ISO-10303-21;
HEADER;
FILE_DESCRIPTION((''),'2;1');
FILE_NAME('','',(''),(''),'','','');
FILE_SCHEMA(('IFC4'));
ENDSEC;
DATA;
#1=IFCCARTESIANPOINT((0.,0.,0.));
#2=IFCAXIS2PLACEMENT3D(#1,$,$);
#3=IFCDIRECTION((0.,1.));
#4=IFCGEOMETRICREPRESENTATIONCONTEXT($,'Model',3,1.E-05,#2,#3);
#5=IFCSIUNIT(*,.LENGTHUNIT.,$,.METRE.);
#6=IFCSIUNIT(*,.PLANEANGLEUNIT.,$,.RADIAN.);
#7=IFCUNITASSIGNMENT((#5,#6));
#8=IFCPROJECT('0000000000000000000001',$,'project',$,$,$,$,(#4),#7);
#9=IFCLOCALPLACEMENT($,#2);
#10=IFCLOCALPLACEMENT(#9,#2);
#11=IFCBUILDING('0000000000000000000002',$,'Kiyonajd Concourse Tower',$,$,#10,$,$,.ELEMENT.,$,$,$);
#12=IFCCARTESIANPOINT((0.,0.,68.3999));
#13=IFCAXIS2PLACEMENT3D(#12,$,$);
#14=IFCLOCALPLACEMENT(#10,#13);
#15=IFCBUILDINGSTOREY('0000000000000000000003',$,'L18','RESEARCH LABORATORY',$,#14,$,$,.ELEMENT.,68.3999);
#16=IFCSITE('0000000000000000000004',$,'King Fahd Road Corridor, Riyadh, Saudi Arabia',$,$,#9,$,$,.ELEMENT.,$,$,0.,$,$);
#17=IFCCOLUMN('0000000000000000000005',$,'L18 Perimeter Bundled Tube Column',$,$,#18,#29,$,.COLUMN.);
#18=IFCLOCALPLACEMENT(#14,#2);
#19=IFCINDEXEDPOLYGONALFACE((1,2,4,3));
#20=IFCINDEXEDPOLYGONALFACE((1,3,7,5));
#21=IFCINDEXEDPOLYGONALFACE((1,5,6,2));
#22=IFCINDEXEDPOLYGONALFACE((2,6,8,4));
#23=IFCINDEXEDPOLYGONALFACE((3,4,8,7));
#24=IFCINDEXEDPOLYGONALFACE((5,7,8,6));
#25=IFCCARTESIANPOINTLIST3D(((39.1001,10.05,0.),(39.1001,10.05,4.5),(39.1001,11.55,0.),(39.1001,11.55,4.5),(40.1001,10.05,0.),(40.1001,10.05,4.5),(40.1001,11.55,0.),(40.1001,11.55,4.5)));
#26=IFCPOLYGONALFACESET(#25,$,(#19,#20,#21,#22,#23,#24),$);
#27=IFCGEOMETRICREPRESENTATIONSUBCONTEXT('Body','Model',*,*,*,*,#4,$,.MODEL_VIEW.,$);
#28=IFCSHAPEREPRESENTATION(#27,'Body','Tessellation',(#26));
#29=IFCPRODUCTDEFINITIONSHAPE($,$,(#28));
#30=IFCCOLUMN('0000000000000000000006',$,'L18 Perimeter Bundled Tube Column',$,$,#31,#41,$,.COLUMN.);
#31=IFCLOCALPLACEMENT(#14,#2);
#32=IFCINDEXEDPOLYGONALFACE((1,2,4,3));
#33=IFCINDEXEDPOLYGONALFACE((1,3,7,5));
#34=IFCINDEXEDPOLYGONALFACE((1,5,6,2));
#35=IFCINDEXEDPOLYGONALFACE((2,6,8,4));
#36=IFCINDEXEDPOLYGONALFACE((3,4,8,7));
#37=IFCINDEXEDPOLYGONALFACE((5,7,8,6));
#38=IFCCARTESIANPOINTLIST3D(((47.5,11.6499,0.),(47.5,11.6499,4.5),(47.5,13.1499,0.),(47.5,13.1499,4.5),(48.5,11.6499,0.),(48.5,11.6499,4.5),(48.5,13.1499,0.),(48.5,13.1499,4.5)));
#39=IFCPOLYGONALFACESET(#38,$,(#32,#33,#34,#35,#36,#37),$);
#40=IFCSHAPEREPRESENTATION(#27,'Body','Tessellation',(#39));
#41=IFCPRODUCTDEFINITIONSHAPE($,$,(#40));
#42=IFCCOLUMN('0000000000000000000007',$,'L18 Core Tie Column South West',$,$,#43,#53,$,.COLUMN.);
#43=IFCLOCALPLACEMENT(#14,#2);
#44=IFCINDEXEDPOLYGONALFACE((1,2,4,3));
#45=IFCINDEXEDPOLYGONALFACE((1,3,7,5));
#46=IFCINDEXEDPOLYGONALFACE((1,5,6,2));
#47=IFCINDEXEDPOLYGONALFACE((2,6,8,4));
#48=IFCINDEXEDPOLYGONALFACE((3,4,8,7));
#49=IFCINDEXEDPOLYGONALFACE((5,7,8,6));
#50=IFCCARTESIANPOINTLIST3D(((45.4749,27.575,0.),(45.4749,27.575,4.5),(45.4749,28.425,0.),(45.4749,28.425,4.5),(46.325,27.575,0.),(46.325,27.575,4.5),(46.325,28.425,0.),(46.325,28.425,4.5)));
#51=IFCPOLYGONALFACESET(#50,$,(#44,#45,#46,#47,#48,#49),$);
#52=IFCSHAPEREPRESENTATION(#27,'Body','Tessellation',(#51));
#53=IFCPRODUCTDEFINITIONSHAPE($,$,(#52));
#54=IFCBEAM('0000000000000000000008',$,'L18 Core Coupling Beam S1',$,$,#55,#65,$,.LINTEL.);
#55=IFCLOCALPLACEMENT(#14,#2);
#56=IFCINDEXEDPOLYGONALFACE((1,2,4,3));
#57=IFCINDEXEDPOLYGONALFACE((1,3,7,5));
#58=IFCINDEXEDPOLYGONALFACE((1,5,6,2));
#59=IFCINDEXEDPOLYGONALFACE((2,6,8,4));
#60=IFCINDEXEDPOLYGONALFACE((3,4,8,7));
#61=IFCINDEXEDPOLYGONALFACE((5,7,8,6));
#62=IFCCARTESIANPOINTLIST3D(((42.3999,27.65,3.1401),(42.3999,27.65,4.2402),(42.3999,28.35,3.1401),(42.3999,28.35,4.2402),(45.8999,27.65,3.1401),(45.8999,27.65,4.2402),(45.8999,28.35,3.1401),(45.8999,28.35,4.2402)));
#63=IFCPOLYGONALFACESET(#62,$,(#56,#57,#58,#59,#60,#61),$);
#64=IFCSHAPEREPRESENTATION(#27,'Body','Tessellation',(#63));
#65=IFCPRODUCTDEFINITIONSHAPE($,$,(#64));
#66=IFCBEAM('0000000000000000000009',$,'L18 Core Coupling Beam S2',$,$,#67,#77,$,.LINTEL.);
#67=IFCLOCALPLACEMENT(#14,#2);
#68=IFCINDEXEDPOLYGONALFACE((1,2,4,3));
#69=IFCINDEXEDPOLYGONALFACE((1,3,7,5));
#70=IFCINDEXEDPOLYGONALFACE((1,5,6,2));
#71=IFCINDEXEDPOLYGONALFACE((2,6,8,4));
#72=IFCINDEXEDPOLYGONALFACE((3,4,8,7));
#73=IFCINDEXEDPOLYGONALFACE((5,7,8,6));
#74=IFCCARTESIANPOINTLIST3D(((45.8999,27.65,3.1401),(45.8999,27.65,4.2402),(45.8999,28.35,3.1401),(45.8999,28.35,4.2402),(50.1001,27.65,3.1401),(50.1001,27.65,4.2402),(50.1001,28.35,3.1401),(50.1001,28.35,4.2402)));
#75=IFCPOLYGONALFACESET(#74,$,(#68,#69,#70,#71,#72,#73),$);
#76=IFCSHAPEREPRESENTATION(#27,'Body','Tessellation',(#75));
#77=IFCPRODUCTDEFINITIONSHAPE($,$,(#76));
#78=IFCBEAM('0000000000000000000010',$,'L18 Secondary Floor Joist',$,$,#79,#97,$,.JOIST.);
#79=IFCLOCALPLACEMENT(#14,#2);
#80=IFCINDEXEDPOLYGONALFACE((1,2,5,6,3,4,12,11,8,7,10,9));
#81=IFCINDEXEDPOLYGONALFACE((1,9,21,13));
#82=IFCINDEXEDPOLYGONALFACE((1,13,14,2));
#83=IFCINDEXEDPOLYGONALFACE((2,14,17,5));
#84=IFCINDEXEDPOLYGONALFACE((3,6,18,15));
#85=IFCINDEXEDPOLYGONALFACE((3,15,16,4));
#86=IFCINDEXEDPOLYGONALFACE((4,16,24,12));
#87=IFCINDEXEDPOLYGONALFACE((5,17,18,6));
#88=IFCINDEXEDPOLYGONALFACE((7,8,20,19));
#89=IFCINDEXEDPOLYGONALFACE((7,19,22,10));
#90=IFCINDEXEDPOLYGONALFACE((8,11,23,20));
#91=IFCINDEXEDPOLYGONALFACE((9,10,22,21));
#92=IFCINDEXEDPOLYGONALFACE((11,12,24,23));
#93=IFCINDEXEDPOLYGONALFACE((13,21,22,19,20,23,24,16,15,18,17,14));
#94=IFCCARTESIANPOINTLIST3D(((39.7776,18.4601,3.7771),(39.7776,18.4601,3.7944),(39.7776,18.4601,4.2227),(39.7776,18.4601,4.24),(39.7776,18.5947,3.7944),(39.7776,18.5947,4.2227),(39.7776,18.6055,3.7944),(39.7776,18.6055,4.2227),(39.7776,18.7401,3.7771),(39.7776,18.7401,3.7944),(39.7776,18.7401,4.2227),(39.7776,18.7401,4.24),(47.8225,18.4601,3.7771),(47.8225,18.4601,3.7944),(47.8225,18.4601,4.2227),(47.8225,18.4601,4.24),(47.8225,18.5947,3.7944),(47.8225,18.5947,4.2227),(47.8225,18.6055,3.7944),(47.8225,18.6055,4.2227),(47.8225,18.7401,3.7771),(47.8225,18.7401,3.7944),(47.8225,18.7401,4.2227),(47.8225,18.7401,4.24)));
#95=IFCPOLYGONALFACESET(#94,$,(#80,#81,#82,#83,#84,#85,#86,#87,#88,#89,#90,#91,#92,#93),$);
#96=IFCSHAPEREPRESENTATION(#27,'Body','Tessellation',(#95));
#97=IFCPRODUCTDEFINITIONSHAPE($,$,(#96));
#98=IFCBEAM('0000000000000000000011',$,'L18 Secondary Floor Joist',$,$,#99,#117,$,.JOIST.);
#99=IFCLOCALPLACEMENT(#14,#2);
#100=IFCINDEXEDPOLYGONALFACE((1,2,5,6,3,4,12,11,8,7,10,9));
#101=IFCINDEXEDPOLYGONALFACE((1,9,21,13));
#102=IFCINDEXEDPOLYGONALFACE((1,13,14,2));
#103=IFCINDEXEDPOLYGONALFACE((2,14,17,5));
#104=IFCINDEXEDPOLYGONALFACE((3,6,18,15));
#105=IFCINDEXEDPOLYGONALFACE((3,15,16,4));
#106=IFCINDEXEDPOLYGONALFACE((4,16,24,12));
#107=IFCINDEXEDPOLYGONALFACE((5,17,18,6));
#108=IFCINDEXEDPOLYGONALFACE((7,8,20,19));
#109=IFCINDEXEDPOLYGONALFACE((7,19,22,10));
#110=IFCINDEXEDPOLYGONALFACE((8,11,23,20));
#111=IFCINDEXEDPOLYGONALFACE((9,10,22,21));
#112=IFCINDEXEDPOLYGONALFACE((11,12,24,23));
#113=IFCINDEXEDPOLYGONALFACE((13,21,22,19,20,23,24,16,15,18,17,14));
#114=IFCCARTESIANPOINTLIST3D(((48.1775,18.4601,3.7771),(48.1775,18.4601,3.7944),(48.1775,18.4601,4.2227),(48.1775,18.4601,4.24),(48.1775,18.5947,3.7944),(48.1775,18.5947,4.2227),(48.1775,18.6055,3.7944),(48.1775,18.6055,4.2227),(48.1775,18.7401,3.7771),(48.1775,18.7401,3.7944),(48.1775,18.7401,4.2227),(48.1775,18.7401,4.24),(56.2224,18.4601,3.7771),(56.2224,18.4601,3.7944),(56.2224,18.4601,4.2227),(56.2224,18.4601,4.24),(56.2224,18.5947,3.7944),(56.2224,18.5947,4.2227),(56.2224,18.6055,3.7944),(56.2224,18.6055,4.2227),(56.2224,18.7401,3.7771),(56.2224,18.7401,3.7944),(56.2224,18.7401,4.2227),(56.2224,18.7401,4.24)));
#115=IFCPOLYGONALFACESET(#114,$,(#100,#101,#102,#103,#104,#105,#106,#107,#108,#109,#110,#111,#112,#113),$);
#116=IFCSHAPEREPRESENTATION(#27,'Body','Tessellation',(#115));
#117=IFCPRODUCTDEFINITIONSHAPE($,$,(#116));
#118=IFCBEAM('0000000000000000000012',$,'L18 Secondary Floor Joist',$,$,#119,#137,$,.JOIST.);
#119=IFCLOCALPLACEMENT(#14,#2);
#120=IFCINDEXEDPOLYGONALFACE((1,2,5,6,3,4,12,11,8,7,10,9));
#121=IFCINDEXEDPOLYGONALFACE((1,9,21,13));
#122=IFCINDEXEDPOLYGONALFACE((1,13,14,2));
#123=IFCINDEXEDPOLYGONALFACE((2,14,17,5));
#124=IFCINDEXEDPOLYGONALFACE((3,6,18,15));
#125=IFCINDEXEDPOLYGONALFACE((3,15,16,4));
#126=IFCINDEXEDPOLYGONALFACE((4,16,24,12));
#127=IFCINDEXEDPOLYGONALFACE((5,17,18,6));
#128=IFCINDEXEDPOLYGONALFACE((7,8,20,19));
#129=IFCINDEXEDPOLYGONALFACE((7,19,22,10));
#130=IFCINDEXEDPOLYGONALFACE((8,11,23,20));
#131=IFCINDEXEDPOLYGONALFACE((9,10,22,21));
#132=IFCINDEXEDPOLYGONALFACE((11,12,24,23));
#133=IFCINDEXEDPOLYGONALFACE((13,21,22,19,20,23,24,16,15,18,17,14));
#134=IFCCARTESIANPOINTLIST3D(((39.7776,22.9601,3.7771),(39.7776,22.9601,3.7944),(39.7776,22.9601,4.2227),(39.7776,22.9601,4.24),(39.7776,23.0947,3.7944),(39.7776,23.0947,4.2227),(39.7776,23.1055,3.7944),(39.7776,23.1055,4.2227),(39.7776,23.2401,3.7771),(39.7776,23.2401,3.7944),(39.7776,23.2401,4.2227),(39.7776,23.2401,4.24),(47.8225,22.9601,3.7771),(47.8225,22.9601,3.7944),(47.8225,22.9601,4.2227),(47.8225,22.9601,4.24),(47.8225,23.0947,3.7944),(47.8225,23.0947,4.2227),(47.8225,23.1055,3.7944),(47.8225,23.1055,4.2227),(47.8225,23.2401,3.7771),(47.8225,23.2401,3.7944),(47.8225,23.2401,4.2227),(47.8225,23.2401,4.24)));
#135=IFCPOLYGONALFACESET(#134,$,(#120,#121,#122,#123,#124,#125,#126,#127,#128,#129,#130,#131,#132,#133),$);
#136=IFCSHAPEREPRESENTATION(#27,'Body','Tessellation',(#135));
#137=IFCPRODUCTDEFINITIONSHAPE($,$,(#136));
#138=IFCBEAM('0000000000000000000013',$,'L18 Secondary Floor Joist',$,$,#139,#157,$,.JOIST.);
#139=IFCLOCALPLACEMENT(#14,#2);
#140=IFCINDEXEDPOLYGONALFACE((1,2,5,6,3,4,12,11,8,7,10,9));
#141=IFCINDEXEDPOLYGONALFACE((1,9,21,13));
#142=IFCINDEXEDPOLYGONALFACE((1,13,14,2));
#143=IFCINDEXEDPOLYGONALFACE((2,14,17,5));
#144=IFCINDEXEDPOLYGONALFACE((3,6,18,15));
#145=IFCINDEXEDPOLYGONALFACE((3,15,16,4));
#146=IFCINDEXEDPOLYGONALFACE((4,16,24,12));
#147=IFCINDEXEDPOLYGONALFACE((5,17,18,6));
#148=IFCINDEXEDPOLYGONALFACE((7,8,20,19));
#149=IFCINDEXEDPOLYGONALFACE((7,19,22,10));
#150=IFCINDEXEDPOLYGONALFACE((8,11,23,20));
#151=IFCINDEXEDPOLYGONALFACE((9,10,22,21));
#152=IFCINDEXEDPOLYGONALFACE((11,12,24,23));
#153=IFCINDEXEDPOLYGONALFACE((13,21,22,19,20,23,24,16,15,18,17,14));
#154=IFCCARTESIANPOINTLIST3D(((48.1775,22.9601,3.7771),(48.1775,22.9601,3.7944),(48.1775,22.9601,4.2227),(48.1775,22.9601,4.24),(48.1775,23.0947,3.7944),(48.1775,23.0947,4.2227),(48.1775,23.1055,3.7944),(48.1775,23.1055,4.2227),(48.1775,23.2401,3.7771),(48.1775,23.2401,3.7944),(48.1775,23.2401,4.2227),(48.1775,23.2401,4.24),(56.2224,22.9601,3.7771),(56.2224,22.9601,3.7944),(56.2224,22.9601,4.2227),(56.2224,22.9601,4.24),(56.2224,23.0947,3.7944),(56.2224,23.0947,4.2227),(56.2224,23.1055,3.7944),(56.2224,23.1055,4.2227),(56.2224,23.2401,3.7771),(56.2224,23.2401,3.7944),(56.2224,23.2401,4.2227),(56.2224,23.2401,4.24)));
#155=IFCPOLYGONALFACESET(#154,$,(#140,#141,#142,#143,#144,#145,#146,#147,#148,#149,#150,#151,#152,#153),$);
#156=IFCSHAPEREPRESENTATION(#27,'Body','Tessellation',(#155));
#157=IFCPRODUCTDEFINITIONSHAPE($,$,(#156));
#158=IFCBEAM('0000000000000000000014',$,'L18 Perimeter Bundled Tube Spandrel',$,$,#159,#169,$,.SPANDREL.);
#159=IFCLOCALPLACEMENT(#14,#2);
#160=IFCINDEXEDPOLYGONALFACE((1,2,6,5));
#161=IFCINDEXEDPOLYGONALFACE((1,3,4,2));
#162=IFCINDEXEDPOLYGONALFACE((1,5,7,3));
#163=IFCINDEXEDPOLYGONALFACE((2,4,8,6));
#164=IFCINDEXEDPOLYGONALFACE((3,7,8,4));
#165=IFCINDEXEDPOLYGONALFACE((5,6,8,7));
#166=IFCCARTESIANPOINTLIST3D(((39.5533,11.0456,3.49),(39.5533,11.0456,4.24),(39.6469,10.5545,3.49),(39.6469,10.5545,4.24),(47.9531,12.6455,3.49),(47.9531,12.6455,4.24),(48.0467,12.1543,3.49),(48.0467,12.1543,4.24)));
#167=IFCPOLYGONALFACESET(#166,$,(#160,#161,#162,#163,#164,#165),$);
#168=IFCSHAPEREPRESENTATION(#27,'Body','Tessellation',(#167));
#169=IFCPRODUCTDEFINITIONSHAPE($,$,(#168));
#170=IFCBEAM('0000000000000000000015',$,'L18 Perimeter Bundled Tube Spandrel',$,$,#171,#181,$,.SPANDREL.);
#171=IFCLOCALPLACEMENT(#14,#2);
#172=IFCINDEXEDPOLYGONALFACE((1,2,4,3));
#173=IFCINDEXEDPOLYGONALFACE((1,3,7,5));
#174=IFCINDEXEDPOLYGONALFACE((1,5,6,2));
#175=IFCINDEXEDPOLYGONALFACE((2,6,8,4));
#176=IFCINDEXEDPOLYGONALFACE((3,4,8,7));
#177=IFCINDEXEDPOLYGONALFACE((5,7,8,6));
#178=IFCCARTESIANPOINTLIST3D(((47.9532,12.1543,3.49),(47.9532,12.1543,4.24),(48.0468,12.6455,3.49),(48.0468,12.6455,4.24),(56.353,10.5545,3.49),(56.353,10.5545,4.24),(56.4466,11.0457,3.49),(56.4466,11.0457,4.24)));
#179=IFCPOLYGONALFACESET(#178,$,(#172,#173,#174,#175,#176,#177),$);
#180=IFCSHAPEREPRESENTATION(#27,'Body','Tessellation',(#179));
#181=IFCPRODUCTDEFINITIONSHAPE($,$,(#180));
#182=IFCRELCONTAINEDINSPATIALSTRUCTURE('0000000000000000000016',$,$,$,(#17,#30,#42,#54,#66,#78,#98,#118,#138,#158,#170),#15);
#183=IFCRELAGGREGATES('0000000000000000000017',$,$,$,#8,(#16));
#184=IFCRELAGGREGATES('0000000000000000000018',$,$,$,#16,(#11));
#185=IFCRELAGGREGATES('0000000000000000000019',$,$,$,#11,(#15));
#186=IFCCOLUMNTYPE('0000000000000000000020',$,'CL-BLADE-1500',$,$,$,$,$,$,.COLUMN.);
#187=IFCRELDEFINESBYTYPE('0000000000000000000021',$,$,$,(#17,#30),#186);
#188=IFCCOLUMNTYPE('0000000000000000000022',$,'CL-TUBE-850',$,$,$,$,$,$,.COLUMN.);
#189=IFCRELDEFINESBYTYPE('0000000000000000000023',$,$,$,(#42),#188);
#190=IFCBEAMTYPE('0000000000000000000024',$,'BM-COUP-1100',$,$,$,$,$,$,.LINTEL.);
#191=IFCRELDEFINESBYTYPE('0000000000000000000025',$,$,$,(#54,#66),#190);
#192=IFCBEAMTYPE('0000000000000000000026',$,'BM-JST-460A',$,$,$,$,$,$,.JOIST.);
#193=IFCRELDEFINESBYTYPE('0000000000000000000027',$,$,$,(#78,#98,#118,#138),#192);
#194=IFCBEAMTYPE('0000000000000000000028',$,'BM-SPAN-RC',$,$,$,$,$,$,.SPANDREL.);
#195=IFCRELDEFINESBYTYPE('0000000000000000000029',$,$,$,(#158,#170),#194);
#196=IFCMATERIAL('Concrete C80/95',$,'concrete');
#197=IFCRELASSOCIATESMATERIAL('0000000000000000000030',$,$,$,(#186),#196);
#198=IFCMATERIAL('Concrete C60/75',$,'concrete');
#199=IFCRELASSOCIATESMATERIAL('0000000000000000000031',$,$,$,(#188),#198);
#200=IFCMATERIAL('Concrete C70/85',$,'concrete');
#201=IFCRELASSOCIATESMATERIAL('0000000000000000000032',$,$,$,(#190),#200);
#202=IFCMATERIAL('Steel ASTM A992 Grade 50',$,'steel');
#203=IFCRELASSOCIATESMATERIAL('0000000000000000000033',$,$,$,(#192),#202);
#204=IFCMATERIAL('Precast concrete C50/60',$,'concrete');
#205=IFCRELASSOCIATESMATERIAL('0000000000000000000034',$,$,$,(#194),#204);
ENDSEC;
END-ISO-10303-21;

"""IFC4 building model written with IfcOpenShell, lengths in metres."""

from ifc_helpers import new_model, si_unit, direction, frame, origin, origin_2d, place, context, subcontext, project, spatial, rectangle, i_section, extrude, material, material_profile, profile_set, type_object, element, save


model = new_model("IFC4")

# Units and contexts
model_context = context("Model", 3, precision=1e-05, world=origin(), true_north=direction((0.0, 1.0)))
body_context = subcontext(model_context, "Body", "Model", "MODEL_VIEW")
ifc_project = project(units=[si_unit("LENGTHUNIT", "METRE"), si_unit("PLANEANGLEUNIT", "RADIAN")], contexts=[model_context])

# Site, building, storey
site_placement = place(None, origin())
site = spatial("IfcSite", under=ifc_project, at=site_placement, Name="King Fahd Road Corridor, Riyadh, Saudi Arabia", CompositionType="ELEMENT", RefElevation=0.0)
building_placement = place(site_placement, origin())
building = spatial("IfcBuilding", under=site, at=building_placement, Name="Kiyonajd Concourse Tower", CompositionType="ELEMENT")
storey_placement = place(building_placement, frame((0.0, 0.0, 68.3999)))
storey = spatial("IfcBuildingStorey", under=building, at=storey_placement, Name="L18", Description="RESEARCH LABORATORY", CompositionType="ELEMENT", Elevation=68.3999)

# Columns
ifc_material_1 = material(Name="Concrete C80/95", Category="concrete")
ifc_material_profile_1 = material_profile(ifc_material_1, rectangle(XDim=1.0, YDim=1.5, at=origin_2d()), Name="RC-1500x1000")
ifc_profile_set_1 = profile_set([ifc_material_profile_1], Name="Concrete C80/95")
column_type_1 = type_object("IfcColumnType", Name="CL-BLADE-1500", PredefinedType="COLUMN", material=ifc_profile_set_1)
for number, where, z_axis, x_axis, name in (
    (1, (39.6001, 10.8, 0.0), (0.0, 0.0, 1.0), (1.0, 0.0, 0.0), "L18 Perimeter Bundled Tube Column"),
    (2, (48.0, 12.3999, 0.0), (0.0, 0.0, 1.0), (1.0, 0.0, 0.0), "L18 Perimeter Bundled Tube Column"),
):
    element("IfcColumn", number, at=place(storey_placement, frame(where, z_axis=z_axis, x_axis=x_axis)), inside=storey, type_object=column_type_1, Name=name, PredefinedType="COLUMN", context=body_context, shape_type="SweptSolid", body=[
        extrude(rectangle(XDim=1.0, YDim=1.5, at=origin_2d()), origin(), (0.0, 0.0, 1.0), 4.5),
    ])
ifc_material_2 = material(Name="Concrete C60/75", Category="concrete")
ifc_material_profile_2 = material_profile(ifc_material_2, rectangle(XDim=0.8501, YDim=0.8501, at=origin_2d()), Name="RC-850x850")
ifc_profile_set_2 = profile_set([ifc_material_profile_2], Name="Concrete C60/75")
column_type_2 = type_object("IfcColumnType", Name="CL-TUBE-850", PredefinedType="COLUMN", material=ifc_profile_set_2)
column_placement = place(storey_placement, frame((45.8999, 28.0, 0.0), z_axis=(0.0, 0.0, 1.0), x_axis=(1.0, 0.0, 0.0)))
element("IfcColumn", 3, at=column_placement, inside=storey, type_object=column_type_2, Name="L18 Core Tie Column South West", PredefinedType="COLUMN", context=body_context, shape_type="SweptSolid", body=[
    extrude(rectangle(XDim=0.8501, YDim=0.8501, at=origin_2d()), origin(), (0.0, 0.0, 1.0), 4.5),
])

# Beams
ifc_material_3 = material(Name="Concrete C70/85", Category="concrete")
ifc_material_profile_3 = material_profile(ifc_material_3, rectangle(XDim=0.7, YDim=1.1001, at=origin_2d()), Name="RCBM-700x1100")
ifc_profile_set_3 = profile_set([ifc_material_profile_3], Name="Concrete C70/85")
beam_type_1 = type_object("IfcBeamType", Name="BM-COUP-1100", PredefinedType="LINTEL", material=ifc_profile_set_3)
beam_1_placement = place(storey_placement, frame((42.3999, 28.0, 3.6902), z_axis=(1.0, 0.0, 0.0), x_axis=(0.0, 1.0, 0.0)))
element("IfcBeam", 4, at=beam_1_placement, inside=storey, type_object=beam_type_1, Name="L18 Core Coupling Beam S1", PredefinedType="LINTEL", context=body_context, shape_type="SweptSolid", body=[
    extrude(rectangle(XDim=0.7, YDim=1.1001, at=origin_2d()), origin(), (0.0, 0.0, 1.0), 3.5),
])
beam_2_placement = place(storey_placement, frame((45.8999, 28.0, 3.6902), z_axis=(1.0, 0.0, 0.0), x_axis=(0.0, 1.0, 0.0)))
element("IfcBeam", 5, at=beam_2_placement, inside=storey, type_object=beam_type_1, Name="L18 Core Coupling Beam S2", PredefinedType="LINTEL", context=body_context, shape_type="SweptSolid", body=[
    extrude(rectangle(XDim=0.7, YDim=1.1001, at=origin_2d()), origin(), (0.0, 0.0, 1.0), 4.2002),
])
ifc_material_4 = material(Name="Steel ASTM A992 Grade 50", Category="steel")
ifc_material_profile_4 = material_profile(ifc_material_4, i_section(OverallWidth=0.28, OverallDepth=0.4629, WebThickness=0.0107, FlangeThickness=0.0173, at=origin_2d()), Name="W460X113")
ifc_profile_set_4 = profile_set([ifc_material_profile_4], Name="Steel ASTM A992 Grade 50")
beam_type_2 = type_object("IfcBeamType", Name="BM-JST-460A", PredefinedType="JOIST", material=ifc_profile_set_4)
for number, where, z_axis, x_axis, name in (
    (6, (39.7776, 18.6001, 4.0085), (1.0, 0.0, 0.0), (0.0, 1.0, 0.0), "L18 Secondary Floor Joist"),
    (7, (48.1775, 18.6001, 4.0085), (1.0, 0.0, 0.0), (0.0, 1.0, 0.0), "L18 Secondary Floor Joist"),
    (8, (39.7776, 23.1001, 4.0085), (1.0, 0.0, 0.0), (0.0, 1.0, 0.0), "L18 Secondary Floor Joist"),
    (9, (48.1775, 23.1001, 4.0085), (1.0, 0.0, 0.0), (0.0, 1.0, 0.0), "L18 Secondary Floor Joist"),
):
    element("IfcBeam", number, at=place(storey_placement, frame(where, z_axis=z_axis, x_axis=x_axis)), inside=storey, type_object=beam_type_2, Name=name, PredefinedType="JOIST", context=body_context, shape_type="SweptSolid", body=[
        extrude(i_section(OverallWidth=0.28, OverallDepth=0.4629, WebThickness=0.0107, FlangeThickness=0.0173, at=origin_2d()), origin(), (0.0, 0.0, 1.0), 8.0449),
    ])
ifc_material_5 = material(Name="Precast concrete C50/60", Category="concrete")
ifc_material_profile_5 = material_profile(ifc_material_5, rectangle(XDim=0.5, YDim=0.75, at=origin_2d()), Name="RCBM-500x750")
ifc_profile_set_5 = profile_set([ifc_material_profile_5], Name="Precast concrete C50/60")
beam_type_3 = type_object("IfcBeamType", Name="BM-SPAN-RC", PredefinedType="SPANDREL", material=ifc_profile_set_5)
for number, where, z_axis, x_axis, name in (
    (10, (39.6001, 10.8, 3.865), (0.982341, 0.187098, 0.0), (-0.187098, 0.982341, 0.0), "L18 Perimeter Bundled Tube Spandrel"),
    (11, (48.0, 12.3999, 3.865), (0.982341, -0.187098, 0.0), (0.187098, 0.982341, 0.0), "L18 Perimeter Bundled Tube Spandrel"),
):
    element("IfcBeam", number, at=place(storey_placement, frame(where, z_axis=z_axis, x_axis=x_axis)), inside=storey, type_object=beam_type_3, Name=name, PredefinedType="SPANDREL", context=body_context, shape_type="SweptSolid", body=[
        extrude(rectangle(XDim=0.5, YDim=0.75, at=origin_2d()), origin(), (0.0, 0.0, 1.0), 8.5508),
    ])

save(model, "model.ifc")
